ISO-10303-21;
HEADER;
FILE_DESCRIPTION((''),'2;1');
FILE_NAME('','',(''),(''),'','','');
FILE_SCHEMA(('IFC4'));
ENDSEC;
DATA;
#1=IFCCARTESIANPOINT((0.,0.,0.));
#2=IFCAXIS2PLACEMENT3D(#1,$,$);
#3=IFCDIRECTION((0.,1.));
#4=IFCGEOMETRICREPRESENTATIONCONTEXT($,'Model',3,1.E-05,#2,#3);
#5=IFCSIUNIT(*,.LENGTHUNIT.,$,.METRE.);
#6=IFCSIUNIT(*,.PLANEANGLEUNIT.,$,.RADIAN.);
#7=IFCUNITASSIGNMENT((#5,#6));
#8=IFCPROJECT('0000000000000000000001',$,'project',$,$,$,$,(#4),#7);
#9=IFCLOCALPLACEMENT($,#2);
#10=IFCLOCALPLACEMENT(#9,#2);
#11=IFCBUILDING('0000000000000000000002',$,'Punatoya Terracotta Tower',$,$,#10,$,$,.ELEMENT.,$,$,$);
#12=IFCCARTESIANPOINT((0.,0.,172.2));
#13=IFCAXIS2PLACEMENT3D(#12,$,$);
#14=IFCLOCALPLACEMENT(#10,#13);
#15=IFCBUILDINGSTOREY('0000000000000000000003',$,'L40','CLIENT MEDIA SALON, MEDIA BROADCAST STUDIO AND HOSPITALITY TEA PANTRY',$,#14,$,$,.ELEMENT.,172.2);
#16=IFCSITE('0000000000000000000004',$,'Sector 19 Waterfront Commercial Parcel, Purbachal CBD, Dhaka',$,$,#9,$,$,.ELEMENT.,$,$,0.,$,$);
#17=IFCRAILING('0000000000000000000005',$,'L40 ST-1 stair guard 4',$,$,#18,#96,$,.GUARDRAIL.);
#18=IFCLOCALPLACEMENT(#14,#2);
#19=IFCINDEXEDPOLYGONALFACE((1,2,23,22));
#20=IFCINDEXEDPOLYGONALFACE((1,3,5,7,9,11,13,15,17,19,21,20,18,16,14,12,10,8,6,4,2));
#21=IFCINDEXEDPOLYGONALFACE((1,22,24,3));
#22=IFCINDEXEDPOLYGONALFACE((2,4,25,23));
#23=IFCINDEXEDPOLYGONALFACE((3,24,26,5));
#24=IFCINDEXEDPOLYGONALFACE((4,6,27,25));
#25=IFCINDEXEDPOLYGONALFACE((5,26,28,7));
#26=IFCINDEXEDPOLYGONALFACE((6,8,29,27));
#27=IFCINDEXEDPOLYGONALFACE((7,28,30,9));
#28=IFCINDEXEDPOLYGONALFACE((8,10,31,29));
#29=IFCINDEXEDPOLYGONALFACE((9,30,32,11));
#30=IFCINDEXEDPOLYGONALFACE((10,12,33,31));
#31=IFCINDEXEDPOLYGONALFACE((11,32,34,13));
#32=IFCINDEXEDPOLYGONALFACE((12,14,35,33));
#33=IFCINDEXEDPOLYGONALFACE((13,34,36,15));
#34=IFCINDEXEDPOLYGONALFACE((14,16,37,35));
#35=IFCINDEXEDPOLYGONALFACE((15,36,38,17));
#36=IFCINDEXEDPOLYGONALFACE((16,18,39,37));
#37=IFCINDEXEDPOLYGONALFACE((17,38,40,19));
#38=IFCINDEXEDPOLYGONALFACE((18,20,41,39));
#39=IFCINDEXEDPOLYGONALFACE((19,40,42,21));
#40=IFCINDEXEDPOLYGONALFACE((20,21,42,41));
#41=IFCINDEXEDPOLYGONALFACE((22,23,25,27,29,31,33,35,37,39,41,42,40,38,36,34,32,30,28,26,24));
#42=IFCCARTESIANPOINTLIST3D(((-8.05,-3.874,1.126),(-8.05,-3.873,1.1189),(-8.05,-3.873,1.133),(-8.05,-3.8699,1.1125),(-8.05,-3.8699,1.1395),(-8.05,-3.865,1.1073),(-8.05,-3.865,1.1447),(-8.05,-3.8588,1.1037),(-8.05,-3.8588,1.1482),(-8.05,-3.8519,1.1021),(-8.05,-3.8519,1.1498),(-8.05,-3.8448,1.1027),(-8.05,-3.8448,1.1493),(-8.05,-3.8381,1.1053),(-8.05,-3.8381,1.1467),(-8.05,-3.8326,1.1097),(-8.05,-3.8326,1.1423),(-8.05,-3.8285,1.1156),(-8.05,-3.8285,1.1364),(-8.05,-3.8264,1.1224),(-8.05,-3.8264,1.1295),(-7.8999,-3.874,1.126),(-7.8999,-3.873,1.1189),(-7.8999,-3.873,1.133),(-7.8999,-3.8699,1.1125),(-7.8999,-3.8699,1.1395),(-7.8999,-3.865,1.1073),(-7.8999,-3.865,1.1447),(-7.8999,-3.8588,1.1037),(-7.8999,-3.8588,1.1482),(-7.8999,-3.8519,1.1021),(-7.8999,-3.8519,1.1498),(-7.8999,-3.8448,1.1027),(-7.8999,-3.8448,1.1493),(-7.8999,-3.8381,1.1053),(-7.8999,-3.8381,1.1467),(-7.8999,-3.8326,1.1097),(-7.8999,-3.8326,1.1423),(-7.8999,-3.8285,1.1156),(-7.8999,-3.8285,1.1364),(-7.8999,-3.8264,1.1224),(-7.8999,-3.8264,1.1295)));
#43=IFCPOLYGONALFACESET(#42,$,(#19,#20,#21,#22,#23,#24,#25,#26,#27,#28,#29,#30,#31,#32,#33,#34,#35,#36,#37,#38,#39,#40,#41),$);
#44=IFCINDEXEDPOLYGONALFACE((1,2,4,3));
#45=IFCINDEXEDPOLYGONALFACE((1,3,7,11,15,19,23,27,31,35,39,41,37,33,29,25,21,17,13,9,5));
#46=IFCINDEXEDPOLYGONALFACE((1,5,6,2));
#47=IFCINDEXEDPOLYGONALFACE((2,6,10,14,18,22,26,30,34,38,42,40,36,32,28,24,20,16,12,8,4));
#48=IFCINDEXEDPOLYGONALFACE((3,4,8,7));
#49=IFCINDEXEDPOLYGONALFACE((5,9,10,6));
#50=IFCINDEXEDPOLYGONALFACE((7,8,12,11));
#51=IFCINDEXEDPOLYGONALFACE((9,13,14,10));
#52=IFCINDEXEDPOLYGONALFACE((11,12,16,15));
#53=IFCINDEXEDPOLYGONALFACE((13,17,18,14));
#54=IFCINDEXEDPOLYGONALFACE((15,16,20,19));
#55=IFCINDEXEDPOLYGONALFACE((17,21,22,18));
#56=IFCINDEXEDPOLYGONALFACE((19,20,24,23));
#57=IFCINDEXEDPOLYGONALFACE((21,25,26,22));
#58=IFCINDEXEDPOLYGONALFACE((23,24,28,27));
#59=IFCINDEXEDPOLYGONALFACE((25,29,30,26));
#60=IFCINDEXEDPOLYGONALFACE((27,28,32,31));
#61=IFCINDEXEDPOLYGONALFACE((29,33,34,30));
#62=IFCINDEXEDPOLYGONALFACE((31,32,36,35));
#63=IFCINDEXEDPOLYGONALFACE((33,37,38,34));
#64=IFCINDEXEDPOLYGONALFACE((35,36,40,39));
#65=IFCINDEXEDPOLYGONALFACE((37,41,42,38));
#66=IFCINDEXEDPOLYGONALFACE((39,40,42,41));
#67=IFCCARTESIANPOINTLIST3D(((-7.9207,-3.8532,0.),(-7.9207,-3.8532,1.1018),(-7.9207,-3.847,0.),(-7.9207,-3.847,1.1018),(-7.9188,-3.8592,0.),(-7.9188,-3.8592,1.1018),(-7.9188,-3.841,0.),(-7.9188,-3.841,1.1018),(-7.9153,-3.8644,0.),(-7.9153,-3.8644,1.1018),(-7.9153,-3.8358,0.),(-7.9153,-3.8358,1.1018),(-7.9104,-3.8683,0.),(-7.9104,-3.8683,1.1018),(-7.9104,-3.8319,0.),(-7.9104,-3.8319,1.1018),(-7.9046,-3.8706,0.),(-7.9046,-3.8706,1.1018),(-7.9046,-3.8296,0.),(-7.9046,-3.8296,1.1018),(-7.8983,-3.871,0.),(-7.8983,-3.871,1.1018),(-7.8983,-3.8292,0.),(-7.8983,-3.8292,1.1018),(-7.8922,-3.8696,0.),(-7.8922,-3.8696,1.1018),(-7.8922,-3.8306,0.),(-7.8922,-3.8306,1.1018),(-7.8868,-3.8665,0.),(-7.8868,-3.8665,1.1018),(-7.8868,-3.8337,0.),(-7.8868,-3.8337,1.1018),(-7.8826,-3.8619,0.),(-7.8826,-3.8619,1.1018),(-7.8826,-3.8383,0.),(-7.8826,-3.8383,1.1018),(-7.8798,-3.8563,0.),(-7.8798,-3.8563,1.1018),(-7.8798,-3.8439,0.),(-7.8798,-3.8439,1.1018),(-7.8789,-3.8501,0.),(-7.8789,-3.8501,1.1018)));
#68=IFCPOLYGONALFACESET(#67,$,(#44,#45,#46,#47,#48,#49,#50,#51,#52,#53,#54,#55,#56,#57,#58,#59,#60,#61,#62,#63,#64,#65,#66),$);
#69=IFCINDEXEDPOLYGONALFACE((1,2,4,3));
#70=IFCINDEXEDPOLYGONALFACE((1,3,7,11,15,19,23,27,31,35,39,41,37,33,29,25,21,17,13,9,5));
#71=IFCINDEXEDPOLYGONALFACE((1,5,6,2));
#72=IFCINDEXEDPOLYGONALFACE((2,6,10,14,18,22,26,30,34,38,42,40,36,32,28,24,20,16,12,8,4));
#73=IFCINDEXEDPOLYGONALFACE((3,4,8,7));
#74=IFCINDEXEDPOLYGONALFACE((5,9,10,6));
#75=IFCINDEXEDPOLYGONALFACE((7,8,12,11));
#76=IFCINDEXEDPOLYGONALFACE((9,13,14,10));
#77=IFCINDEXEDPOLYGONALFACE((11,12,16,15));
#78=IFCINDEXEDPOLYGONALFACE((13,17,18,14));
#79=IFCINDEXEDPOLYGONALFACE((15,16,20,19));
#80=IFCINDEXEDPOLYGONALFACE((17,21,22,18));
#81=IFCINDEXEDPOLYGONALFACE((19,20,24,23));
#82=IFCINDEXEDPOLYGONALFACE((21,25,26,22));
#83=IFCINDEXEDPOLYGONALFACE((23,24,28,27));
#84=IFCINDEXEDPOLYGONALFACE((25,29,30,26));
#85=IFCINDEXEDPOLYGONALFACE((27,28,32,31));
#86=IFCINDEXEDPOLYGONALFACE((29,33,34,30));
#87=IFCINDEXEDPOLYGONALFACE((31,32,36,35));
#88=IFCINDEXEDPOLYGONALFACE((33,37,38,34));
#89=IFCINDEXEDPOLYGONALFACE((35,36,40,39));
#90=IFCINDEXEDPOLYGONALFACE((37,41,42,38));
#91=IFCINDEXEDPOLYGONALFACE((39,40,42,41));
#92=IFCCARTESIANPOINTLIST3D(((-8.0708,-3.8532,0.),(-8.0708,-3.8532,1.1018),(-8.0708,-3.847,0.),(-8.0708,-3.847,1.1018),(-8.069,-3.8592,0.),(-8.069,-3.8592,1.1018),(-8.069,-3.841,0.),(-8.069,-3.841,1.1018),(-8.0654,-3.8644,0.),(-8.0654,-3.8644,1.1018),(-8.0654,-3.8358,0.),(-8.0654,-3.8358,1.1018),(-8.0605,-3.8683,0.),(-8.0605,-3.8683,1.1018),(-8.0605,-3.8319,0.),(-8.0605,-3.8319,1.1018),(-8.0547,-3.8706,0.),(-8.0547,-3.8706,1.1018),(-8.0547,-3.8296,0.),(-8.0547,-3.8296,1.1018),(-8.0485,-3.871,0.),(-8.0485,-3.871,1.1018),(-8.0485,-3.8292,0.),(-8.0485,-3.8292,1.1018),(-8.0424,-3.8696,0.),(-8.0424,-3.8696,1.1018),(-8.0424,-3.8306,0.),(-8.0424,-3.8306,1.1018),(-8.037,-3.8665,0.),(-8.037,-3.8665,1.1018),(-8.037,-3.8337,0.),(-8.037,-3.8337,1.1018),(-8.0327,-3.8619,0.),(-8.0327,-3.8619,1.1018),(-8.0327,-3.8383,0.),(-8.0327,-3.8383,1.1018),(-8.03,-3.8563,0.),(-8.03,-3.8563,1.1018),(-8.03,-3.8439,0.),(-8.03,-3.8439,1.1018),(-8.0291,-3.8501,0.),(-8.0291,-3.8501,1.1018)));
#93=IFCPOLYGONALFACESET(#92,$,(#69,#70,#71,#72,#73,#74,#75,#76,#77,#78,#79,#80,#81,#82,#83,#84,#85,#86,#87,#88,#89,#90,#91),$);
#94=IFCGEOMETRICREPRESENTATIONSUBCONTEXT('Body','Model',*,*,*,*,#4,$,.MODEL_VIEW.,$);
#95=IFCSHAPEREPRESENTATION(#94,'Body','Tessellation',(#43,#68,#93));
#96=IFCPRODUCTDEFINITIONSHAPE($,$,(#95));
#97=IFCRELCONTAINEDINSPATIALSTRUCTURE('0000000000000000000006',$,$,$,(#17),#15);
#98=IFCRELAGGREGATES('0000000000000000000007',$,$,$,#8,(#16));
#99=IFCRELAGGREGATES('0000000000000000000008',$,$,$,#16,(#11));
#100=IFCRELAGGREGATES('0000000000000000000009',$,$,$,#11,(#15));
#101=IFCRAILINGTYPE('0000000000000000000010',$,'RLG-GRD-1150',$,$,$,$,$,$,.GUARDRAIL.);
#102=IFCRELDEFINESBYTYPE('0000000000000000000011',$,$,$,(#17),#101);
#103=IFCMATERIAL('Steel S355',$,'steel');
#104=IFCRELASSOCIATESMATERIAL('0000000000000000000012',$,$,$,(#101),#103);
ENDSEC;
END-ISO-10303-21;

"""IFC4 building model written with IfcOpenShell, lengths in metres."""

from ifc_helpers import new_model, si_unit, direction, frame, origin, origin_2d, place, context, subcontext, project, spatial, circle, extrude, material, type_object, element, save


model = new_model("IFC4")

# Units and contexts
model_context = context("Model", 3, precision=1e-05, world=origin(), true_north=direction((0.0, 1.0)))
body_context = subcontext(model_context, "Body", "Model", "MODEL_VIEW")
ifc_project = project(units=[si_unit("LENGTHUNIT", "METRE"), si_unit("PLANEANGLEUNIT", "RADIAN")], contexts=[model_context])

# Site, building, storey
site_placement = place(None, origin())
site = spatial("IfcSite", under=ifc_project, at=site_placement, Name="Sector 19 Waterfront Commercial Parcel, Purbachal CBD, Dhaka", CompositionType="ELEMENT", RefElevation=0.0)
building_placement = place(site_placement, origin())
building = spatial("IfcBuilding", under=site, at=building_placement, Name="Punatoya Terracotta Tower", CompositionType="ELEMENT")
storey_placement = place(building_placement, frame((0.0, 0.0, 172.2)))
storey = spatial("IfcBuildingStorey", under=building, at=storey_placement, Name="L40", Description="CLIENT MEDIA SALON, MEDIA BROADCAST STUDIO AND HOSPITALITY TEA PANTRY", CompositionType="ELEMENT", Elevation=172.2)

# Shared definitions
ifc_material_1 = material(Name="Steel S355", Category="steel")

# Railing
railing_type_1 = type_object("IfcRailingType", Name="RLG-GRD-1150", PredefinedType="GUARDRAIL", material=ifc_material_1)
railing_1_placement = place(storey_placement, frame((-7.8999, -3.8501, 0.0)))
element("IfcRailing", 1, at=railing_1_placement, inside=storey, type_object=railing_type_1, Name="L40 ST-1 stair guard 4", PredefinedType="GUARDRAIL", context=body_context, shape_type="SweptSolid", body=[
    extrude(circle(Radius=0.0239, at=origin_2d()), frame((0.0, 0.0, 1.126), z_axis=(-1.0, 0.0, 0.0), x_axis=(0.0, -1.0, 0.0)), (0.0, 0.0, 1.0), 0.1501),
    extrude(circle(Radius=0.021, at=origin_2d()), origin(), (0.0, 0.0, 1.0), 1.1018),
    extrude(circle(Radius=0.021, at=origin_2d()), frame((-0.1501, 0.0, 0.0)), (0.0, 0.0, 1.0), 1.1018),
])

save(model, "model.ifc")
